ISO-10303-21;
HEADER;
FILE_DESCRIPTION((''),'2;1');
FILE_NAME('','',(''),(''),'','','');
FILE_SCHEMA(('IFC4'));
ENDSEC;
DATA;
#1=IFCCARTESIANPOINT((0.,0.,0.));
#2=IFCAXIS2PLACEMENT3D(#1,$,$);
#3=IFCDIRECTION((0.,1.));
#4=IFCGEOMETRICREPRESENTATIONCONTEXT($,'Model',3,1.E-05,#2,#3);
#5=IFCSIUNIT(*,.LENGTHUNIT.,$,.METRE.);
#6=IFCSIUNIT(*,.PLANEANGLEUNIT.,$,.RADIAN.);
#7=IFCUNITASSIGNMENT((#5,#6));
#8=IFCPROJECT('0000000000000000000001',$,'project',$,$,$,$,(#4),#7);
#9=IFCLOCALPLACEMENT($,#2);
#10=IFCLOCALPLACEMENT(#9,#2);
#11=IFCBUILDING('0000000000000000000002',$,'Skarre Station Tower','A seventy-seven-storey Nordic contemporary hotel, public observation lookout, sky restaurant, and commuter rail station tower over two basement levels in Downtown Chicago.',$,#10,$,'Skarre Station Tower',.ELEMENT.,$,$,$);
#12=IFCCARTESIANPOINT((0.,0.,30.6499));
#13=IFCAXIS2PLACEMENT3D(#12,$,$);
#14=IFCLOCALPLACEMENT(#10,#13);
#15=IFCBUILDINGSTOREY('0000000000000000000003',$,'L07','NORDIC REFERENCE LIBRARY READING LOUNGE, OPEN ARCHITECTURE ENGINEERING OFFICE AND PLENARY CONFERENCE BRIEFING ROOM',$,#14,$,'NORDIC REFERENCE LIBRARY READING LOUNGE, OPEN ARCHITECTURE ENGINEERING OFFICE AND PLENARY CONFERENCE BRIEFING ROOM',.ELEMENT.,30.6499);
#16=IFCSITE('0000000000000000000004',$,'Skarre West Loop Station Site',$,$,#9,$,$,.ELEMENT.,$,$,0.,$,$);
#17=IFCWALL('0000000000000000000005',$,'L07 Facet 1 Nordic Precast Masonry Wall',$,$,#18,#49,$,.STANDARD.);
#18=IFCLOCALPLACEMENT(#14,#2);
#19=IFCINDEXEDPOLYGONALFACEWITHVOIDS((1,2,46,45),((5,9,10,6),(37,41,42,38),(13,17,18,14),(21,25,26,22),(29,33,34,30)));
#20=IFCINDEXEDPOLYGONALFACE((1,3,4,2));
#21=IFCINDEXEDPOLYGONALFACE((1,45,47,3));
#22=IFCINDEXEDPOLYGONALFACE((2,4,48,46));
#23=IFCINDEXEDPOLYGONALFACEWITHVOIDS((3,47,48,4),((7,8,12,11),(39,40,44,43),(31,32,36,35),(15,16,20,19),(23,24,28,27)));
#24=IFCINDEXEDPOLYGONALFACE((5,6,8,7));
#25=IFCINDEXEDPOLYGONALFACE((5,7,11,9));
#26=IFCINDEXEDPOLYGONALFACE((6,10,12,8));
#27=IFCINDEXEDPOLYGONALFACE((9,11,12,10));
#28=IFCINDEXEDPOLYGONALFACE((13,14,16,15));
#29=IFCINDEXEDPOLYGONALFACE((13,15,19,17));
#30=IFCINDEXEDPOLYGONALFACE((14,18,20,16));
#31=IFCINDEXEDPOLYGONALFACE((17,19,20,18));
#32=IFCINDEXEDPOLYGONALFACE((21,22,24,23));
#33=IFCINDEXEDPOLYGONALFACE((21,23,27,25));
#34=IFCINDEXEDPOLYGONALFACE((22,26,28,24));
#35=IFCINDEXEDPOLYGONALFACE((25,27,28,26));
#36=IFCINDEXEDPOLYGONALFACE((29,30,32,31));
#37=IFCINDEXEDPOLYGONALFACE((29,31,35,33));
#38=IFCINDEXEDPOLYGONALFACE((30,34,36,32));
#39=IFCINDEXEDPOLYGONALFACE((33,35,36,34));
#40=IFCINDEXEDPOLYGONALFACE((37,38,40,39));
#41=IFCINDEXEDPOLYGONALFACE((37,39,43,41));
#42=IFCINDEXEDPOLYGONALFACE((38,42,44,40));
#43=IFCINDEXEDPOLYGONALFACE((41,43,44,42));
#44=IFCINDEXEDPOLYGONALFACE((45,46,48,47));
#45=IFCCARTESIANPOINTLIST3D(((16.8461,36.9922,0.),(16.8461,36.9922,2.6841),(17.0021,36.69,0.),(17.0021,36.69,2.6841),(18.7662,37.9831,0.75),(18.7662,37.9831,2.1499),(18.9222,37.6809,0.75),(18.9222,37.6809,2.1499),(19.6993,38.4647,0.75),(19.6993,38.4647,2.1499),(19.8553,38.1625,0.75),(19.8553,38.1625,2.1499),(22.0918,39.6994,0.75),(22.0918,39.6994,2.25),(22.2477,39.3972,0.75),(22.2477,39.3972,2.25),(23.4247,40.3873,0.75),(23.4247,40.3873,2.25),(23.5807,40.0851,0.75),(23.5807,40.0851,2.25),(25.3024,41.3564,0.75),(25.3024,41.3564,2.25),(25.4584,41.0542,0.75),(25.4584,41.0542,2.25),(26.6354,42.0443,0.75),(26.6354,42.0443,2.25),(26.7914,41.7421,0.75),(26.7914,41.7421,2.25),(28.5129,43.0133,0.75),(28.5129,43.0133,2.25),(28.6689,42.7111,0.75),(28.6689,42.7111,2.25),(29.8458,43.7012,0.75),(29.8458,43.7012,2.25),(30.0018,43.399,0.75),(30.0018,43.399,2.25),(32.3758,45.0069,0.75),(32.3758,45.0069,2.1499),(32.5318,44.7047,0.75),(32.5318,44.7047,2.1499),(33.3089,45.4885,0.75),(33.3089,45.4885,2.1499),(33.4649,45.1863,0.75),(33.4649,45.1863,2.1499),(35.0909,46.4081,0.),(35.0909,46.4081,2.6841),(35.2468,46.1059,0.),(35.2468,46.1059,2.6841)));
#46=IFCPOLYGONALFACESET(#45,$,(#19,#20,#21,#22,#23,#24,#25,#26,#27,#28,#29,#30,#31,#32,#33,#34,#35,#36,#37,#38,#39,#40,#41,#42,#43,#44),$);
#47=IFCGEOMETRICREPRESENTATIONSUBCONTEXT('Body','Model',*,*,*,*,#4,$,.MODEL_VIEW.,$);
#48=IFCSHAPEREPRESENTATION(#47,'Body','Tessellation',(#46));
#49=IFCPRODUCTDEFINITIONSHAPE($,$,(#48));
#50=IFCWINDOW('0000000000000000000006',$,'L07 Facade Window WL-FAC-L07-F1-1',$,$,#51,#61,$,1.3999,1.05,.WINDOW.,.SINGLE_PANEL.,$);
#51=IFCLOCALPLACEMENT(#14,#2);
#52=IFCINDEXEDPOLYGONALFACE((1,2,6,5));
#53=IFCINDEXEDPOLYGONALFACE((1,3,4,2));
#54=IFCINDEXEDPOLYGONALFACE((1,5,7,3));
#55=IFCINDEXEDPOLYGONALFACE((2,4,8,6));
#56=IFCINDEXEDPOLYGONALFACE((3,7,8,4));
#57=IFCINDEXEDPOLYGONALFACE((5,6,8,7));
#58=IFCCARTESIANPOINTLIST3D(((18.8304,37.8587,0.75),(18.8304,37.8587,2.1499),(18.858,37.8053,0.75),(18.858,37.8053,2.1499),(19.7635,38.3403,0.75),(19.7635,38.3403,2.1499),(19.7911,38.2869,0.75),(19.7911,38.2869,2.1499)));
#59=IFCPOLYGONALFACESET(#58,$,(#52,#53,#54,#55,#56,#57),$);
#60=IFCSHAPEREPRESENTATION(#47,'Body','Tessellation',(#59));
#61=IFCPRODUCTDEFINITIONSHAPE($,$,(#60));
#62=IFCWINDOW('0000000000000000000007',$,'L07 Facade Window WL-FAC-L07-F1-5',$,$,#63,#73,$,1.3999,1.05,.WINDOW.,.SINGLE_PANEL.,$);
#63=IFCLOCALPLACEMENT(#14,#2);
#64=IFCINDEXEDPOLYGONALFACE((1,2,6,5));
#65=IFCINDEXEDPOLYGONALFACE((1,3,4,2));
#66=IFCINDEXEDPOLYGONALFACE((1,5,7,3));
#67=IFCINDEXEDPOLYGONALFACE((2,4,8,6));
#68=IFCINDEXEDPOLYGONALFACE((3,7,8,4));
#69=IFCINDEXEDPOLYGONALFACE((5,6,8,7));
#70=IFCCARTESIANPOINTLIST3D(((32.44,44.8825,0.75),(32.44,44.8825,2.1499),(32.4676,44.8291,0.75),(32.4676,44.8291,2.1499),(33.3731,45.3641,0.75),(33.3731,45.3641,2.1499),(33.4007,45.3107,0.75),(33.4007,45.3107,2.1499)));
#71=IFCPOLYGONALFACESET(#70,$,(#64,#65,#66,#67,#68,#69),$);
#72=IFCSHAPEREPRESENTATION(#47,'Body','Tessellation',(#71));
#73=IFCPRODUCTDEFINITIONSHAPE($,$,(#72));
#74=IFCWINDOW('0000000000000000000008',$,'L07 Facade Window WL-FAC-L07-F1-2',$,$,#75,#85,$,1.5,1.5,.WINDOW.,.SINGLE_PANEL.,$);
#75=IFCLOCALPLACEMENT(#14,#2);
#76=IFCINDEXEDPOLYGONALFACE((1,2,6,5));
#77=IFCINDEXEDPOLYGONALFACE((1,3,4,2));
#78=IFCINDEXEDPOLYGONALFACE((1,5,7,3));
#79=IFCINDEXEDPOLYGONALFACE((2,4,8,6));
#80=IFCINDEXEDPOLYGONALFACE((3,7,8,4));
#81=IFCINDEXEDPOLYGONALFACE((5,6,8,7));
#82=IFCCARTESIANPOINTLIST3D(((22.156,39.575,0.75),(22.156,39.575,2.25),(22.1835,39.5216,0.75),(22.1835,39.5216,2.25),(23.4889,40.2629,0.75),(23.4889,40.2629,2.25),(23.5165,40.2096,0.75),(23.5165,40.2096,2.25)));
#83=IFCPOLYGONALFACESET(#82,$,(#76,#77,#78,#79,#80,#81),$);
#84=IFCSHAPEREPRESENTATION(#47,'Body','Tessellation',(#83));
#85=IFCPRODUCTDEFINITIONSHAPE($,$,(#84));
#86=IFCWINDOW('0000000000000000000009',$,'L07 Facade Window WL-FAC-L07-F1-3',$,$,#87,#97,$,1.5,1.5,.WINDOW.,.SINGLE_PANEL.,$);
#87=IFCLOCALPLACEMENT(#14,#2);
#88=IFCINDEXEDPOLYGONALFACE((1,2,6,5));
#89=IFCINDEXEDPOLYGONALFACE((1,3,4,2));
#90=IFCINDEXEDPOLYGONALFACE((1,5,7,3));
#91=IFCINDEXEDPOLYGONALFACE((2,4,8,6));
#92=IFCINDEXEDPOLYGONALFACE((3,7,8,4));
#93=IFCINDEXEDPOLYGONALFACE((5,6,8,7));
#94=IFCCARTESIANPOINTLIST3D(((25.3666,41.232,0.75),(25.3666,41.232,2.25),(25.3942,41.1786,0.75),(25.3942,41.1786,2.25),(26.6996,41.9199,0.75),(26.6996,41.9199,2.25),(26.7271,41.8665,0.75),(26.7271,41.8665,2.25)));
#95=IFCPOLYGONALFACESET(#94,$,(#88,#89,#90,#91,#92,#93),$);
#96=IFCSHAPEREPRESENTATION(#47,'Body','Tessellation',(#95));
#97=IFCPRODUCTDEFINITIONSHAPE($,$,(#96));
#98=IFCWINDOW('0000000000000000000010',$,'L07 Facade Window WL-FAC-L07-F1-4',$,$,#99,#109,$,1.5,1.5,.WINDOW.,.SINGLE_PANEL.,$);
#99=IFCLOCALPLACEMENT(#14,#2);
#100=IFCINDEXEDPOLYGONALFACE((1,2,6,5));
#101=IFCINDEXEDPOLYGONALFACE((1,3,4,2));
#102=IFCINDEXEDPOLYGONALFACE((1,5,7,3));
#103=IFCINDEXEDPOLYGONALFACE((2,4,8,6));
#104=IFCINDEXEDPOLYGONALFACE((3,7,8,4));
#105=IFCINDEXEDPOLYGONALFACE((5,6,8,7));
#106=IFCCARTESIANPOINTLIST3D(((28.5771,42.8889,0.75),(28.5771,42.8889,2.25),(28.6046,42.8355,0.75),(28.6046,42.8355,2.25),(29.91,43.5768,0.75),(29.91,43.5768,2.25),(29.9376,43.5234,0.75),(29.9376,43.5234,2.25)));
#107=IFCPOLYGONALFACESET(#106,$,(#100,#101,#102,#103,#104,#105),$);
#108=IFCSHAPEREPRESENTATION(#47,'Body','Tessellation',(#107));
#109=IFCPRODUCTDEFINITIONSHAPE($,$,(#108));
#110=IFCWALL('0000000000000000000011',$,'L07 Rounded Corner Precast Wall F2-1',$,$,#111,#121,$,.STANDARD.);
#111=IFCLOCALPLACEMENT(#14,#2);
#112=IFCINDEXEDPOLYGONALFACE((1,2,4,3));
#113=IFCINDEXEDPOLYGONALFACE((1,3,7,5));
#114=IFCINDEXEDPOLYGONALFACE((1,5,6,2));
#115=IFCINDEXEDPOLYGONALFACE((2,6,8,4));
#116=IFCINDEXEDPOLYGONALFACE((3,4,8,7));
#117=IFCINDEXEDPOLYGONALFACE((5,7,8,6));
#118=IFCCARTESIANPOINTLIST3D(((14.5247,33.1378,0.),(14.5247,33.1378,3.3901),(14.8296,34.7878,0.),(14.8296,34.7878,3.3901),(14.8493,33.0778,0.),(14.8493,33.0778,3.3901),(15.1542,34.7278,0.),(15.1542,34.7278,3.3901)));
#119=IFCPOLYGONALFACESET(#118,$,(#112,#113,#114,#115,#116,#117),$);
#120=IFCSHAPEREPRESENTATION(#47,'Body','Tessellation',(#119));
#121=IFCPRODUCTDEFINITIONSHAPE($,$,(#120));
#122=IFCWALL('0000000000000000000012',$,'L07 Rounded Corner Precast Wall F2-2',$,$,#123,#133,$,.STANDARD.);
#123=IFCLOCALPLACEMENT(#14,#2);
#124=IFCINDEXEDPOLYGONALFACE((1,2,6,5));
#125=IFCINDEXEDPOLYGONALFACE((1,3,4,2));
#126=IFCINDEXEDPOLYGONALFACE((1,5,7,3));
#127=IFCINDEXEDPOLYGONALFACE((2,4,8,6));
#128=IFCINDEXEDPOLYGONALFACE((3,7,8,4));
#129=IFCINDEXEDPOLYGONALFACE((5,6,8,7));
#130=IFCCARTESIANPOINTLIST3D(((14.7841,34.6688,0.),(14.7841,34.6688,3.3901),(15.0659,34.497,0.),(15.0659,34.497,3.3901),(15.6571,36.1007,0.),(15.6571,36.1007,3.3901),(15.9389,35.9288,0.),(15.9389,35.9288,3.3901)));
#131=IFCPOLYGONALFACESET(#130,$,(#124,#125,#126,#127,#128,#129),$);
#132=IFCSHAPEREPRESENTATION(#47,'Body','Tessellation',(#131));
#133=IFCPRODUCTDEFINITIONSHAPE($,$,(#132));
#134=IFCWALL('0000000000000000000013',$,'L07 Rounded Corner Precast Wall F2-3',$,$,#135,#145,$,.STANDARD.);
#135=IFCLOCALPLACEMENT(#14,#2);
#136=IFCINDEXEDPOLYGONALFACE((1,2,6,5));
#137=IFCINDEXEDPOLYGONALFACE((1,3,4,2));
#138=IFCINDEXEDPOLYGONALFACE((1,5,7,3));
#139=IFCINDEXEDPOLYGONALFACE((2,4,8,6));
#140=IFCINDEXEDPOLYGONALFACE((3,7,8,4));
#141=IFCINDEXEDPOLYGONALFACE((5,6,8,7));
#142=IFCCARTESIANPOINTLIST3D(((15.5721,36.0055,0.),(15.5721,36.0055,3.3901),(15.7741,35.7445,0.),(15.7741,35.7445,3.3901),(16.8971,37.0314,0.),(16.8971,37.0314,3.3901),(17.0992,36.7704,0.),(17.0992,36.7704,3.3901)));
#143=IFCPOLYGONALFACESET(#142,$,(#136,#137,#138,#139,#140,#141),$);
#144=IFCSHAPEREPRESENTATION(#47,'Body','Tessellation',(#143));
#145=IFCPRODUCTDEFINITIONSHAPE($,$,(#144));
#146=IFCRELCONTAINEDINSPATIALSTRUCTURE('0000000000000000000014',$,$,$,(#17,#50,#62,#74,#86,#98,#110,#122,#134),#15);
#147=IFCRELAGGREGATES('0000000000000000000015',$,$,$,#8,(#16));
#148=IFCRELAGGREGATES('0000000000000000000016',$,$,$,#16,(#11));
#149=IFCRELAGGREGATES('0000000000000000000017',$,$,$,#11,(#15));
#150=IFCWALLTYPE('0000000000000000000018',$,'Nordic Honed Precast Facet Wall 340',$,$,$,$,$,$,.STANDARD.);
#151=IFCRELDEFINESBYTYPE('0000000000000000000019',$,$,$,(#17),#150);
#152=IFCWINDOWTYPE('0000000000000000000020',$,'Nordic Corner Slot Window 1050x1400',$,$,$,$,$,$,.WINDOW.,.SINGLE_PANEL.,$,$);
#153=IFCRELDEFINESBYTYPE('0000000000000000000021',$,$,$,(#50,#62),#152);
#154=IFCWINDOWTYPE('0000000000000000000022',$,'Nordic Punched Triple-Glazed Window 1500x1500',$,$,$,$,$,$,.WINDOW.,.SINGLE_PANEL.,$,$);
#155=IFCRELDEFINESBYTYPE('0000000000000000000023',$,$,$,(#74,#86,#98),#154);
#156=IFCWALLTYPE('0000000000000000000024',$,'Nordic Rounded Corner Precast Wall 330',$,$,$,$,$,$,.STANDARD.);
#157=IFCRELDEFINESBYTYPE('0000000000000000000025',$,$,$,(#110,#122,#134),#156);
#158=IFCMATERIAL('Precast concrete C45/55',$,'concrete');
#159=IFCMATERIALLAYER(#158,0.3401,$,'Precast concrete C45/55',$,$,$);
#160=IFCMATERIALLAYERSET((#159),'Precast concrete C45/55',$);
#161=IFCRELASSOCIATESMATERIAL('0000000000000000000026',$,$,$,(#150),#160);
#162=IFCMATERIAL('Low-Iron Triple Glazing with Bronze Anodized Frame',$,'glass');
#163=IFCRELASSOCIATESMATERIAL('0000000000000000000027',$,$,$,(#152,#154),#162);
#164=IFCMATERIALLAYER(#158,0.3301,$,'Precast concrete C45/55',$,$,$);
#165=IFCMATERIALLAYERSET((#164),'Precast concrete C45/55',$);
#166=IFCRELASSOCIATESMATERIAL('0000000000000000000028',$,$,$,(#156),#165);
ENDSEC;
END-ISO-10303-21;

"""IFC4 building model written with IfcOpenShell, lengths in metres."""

from ifc_helpers import new_model, si_unit, direction, frame, frame_2d, origin, place, context, subcontext, project, spatial, rectangle, extrude, material, layer, layer_set, type_object, element, fill, save


model = new_model("IFC4")

# Units and contexts
model_context = context("Model", 3, precision=1e-05, world=origin(), true_north=direction((0.0, 1.0)))
body_context = subcontext(model_context, "Body", "Model", "MODEL_VIEW")
ifc_project = project(units=[si_unit("LENGTHUNIT", "METRE"), si_unit("PLANEANGLEUNIT", "RADIAN")], contexts=[model_context])

# Site, building, storey
site_placement = place(None, origin())
site = spatial("IfcSite", under=ifc_project, at=site_placement, Name="Skarre West Loop Station Site", CompositionType="ELEMENT", RefElevation=0.0)
building_placement = place(site_placement, origin())
building = spatial("IfcBuilding", under=site, at=building_placement, Name="Skarre Station Tower", Description="A seventy-seven-storey Nordic contemporary hotel, public observation lookout, sky restaurant, and commuter rail station tower over two basement levels in Downtown Chicago.", LongName="Skarre Station Tower", CompositionType="ELEMENT")
storey_placement = place(building_placement, frame((0.0, 0.0, 30.6499)))
storey = spatial("IfcBuildingStorey", under=building, at=storey_placement, Name="L07", Description="NORDIC REFERENCE LIBRARY READING LOUNGE, OPEN ARCHITECTURE ENGINEERING OFFICE AND PLENARY CONFERENCE BRIEFING ROOM", LongName="NORDIC REFERENCE LIBRARY READING LOUNGE, OPEN ARCHITECTURE ENGINEERING OFFICE AND PLENARY CONFERENCE BRIEFING ROOM", CompositionType="ELEMENT", Elevation=30.6499)

# Wall, openings, windows
ifc_material_1 = material(Name="Precast concrete C45/55", Category="concrete")
ifc_layer_1 = layer(ifc_material_1, 0.3401, Name="Precast concrete C45/55")
ifc_layer_set_1 = layer_set([ifc_layer_1], Name="Precast concrete C45/55")
wall_type_1 = type_object("IfcWallType", Name="Nordic Honed Precast Facet Wall 340", PredefinedType="STANDARD", material=ifc_layer_set_1)
wall_1_placement = place(storey_placement, frame((16.9241, 36.8411, 0.0), z_axis=(0.0, 0.0, 1.0), x_axis=(0.888634, 0.458616, 0.0)))
wall_1 = element("IfcWall", 1, at=wall_1_placement, inside=storey, type_object=wall_type_1, Name="L07 Facet 1 Nordic Precast Masonry Wall", PredefinedType="STANDARD", context=body_context, shape_type="SweptSolid", body=[
    extrude(rectangle(XDim=20.5312, YDim=0.3401, at=frame_2d((10.2656, 0.0))), origin(), (0.0, 0.0, 1.0), 2.6841),
])
opening_1_placement = place(wall_1_placement, frame((2.1609, 0.0, 0.75)))
opening_1 = element("IfcOpeningElement", 2, at=opening_1_placement, cuts=wall_1, PredefinedType="OPENING", context=body_context, shape_type="SweptSolid", body=[
    extrude(rectangle(XDim=1.05, YDim=1.3999, at=frame_2d((0.5249, 0.7))), frame((0.0, 0.1799, 0.0), z_axis=(0.0, -1.0, 0.0), x_axis=(1.0, 0.0, 0.0)), (0.0, 0.0, 1.0), 0.3601),
])
opening_2_placement = place(wall_1_placement, frame((5.9031, 0.0, 0.75)))
opening_2 = element("IfcOpeningElement", 3, at=opening_2_placement, cuts=wall_1, PredefinedType="OPENING", context=body_context, shape_type="SweptSolid", body=[
    extrude(rectangle(XDim=1.5, YDim=1.5, at=frame_2d((0.75, 0.75))), frame((0.0, 0.1799, 0.0), z_axis=(0.0, -1.0, 0.0), x_axis=(1.0, 0.0, 0.0)), (0.0, 0.0, 1.0), 0.3601),
])
opening_3_placement = place(wall_1_placement, frame((9.5161, 0.0, 0.75)))
opening_3 = element("IfcOpeningElement", 4, at=opening_3_placement, cuts=wall_1, PredefinedType="OPENING", context=body_context, shape_type="SweptSolid", body=[
    extrude(rectangle(XDim=1.5, YDim=1.5, at=frame_2d((0.75, 0.75))), frame((0.0, 0.1799, 0.0), z_axis=(0.0, -1.0, 0.0), x_axis=(1.0, 0.0, 0.0)), (0.0, 0.0, 1.0), 0.3601),
])
opening_4_placement = place(wall_1_placement, frame((13.1289, 0.0, 0.75)))
opening_4 = element("IfcOpeningElement", 5, at=opening_4_placement, cuts=wall_1, PredefinedType="OPENING", context=body_context, shape_type="SweptSolid", body=[
    extrude(rectangle(XDim=1.5, YDim=1.5, at=frame_2d((0.75, 0.75))), frame((0.0, 0.1799, 0.0), z_axis=(0.0, -1.0, 0.0), x_axis=(1.0, 0.0, 0.0)), (0.0, 0.0, 1.0), 0.3601),
])
opening_5_placement = place(wall_1_placement, frame((17.4761, 0.0, 0.75)))
opening_5 = element("IfcOpeningElement", 6, at=opening_5_placement, cuts=wall_1, PredefinedType="OPENING", context=body_context, shape_type="SweptSolid", body=[
    extrude(rectangle(XDim=1.05, YDim=1.3999, at=frame_2d((0.5249, 0.7))), frame((0.0, 0.1799, 0.0), z_axis=(0.0, -1.0, 0.0), x_axis=(1.0, 0.0, 0.0)), (0.0, 0.0, 1.0), 0.3601),
])
ifc_material_2 = material(Name="Low-Iron Triple Glazing with Bronze Anodized Frame", Category="glass")
window_type_1 = type_object("IfcWindowType", Name="Nordic Corner Slot Window 1050x1400", PartitioningType="SINGLE_PANEL", PredefinedType="WINDOW", material=ifc_material_2)
window_1_placement = place(opening_1_placement, origin())
window_1 = element("IfcWindow", 7, at=window_1_placement, inside=storey, type_object=window_type_1, Name="L07 Facade Window WL-FAC-L07-F1-1", OverallHeight=1.3999, OverallWidth=1.05, PartitioningType="SINGLE_PANEL", PredefinedType="WINDOW", context=body_context, shape_type="SweptSolid", body=[
    extrude(rectangle(XDim=1.05, YDim=1.3999, at=frame_2d((0.5249, 0.7))), frame((0.0, 0.03, 0.0), z_axis=(0.0, -1.0, 0.0), x_axis=(1.0, 0.0, 0.0)), (0.0, 0.0, 1.0), 0.0601),
])
fill(opening_1, window_1)
window_2_placement = place(opening_5_placement, origin())
window_2 = element("IfcWindow", 8, at=window_2_placement, inside=storey, type_object=window_type_1, Name="L07 Facade Window WL-FAC-L07-F1-5", OverallHeight=1.3999, OverallWidth=1.05, PartitioningType="SINGLE_PANEL", PredefinedType="WINDOW", context=body_context, shape_type="SweptSolid", body=[
    extrude(rectangle(XDim=1.05, YDim=1.3999, at=frame_2d((0.5249, 0.7))), frame((0.0, 0.03, 0.0), z_axis=(0.0, -1.0, 0.0), x_axis=(1.0, 0.0, 0.0)), (0.0, 0.0, 1.0), 0.0601),
])
fill(opening_5, window_2)
window_type_2 = type_object("IfcWindowType", Name="Nordic Punched Triple-Glazed Window 1500x1500", PartitioningType="SINGLE_PANEL", PredefinedType="WINDOW", material=ifc_material_2)
window_3_placement = place(opening_2_placement, origin())
window_3 = element("IfcWindow", 9, at=window_3_placement, inside=storey, type_object=window_type_2, Name="L07 Facade Window WL-FAC-L07-F1-2", OverallHeight=1.5, OverallWidth=1.5, PartitioningType="SINGLE_PANEL", PredefinedType="WINDOW", context=body_context, shape_type="SweptSolid", body=[
    extrude(rectangle(XDim=1.5, YDim=1.5, at=frame_2d((0.75, 0.75))), frame((0.0, 0.03, 0.0), z_axis=(0.0, -1.0, 0.0), x_axis=(1.0, 0.0, 0.0)), (0.0, 0.0, 1.0), 0.0601),
])
fill(opening_2, window_3)
window_4_placement = place(opening_3_placement, origin())
window_4 = element("IfcWindow", 10, at=window_4_placement, inside=storey, type_object=window_type_2, Name="L07 Facade Window WL-FAC-L07-F1-3", OverallHeight=1.5, OverallWidth=1.5, PartitioningType="SINGLE_PANEL", PredefinedType="WINDOW", context=body_context, shape_type="SweptSolid", body=[
    extrude(rectangle(XDim=1.5, YDim=1.5, at=frame_2d((0.75, 0.75))), frame((0.0, 0.03, 0.0), z_axis=(0.0, -1.0, 0.0), x_axis=(1.0, 0.0, 0.0)), (0.0, 0.0, 1.0), 0.0601),
])
fill(opening_3, window_4)
window_5_placement = place(opening_4_placement, origin())
window_5 = element("IfcWindow", 11, at=window_5_placement, inside=storey, type_object=window_type_2, Name="L07 Facade Window WL-FAC-L07-F1-4", OverallHeight=1.5, OverallWidth=1.5, PartitioningType="SINGLE_PANEL", PredefinedType="WINDOW", context=body_context, shape_type="SweptSolid", body=[
    extrude(rectangle(XDim=1.5, YDim=1.5, at=frame_2d((0.75, 0.75))), frame((0.0, 0.03, 0.0), z_axis=(0.0, -1.0, 0.0), x_axis=(1.0, 0.0, 0.0)), (0.0, 0.0, 1.0), 0.0601),
])
fill(opening_4, window_5)

# Walls
ifc_layer_2 = layer(ifc_material_1, 0.3301, Name="Precast concrete C45/55")
ifc_layer_set_2 = layer_set([ifc_layer_2], Name="Precast concrete C45/55")
wall_type_2 = type_object("IfcWallType", Name="Nordic Rounded Corner Precast Wall 330", PredefinedType="STANDARD", material=ifc_layer_set_2)
wall_2_placement = place(storey_placement, frame((14.687, 33.1079, 0.0), z_axis=(0.0, 0.0, 1.0), x_axis=(0.181714, 0.983351, 0.0)))
element("IfcWall", 12, at=wall_2_placement, inside=storey, type_object=wall_type_2, Name="L07 Rounded Corner Precast Wall F2-1", PredefinedType="STANDARD", context=body_context, shape_type="SweptSolid", body=[
    extrude(rectangle(XDim=1.678, YDim=0.3301, at=frame_2d((0.8389, 0.0))), origin(), (0.0, 0.0, 1.0), 3.3901),
])
wall_3_placement = place(storey_placement, frame((14.925, 34.583, 0.0), z_axis=(0.0, 0.0, 1.0), x_axis=(0.520584, 0.85381, 0.0)))
element("IfcWall", 13, at=wall_3_placement, inside=storey, type_object=wall_type_2, Name="L07 Rounded Corner Precast Wall F2-2", PredefinedType="STANDARD", context=body_context, shape_type="SweptSolid", body=[
    extrude(rectangle(XDim=1.677, YDim=0.3301, at=frame_2d((0.8384, 0.0))), origin(), (0.0, 0.0, 1.0), 3.3901),
])
wall_4_placement = place(storey_placement, frame((15.6731, 35.875, 0.0), z_axis=(0.0, 0.0, 1.0), x_axis=(0.790692, 0.612214, 0.0)))
element("IfcWall", 14, at=wall_4_placement, inside=storey, type_object=wall_type_2, Name="L07 Rounded Corner Precast Wall F2-3", PredefinedType="STANDARD", context=body_context, shape_type="SweptSolid", body=[
    extrude(rectangle(XDim=1.6758, YDim=0.3301, at=frame_2d((0.8379, 0.0))), origin(), (0.0, 0.0, 1.0), 3.3901),
])

save(model, "model.ifc")
